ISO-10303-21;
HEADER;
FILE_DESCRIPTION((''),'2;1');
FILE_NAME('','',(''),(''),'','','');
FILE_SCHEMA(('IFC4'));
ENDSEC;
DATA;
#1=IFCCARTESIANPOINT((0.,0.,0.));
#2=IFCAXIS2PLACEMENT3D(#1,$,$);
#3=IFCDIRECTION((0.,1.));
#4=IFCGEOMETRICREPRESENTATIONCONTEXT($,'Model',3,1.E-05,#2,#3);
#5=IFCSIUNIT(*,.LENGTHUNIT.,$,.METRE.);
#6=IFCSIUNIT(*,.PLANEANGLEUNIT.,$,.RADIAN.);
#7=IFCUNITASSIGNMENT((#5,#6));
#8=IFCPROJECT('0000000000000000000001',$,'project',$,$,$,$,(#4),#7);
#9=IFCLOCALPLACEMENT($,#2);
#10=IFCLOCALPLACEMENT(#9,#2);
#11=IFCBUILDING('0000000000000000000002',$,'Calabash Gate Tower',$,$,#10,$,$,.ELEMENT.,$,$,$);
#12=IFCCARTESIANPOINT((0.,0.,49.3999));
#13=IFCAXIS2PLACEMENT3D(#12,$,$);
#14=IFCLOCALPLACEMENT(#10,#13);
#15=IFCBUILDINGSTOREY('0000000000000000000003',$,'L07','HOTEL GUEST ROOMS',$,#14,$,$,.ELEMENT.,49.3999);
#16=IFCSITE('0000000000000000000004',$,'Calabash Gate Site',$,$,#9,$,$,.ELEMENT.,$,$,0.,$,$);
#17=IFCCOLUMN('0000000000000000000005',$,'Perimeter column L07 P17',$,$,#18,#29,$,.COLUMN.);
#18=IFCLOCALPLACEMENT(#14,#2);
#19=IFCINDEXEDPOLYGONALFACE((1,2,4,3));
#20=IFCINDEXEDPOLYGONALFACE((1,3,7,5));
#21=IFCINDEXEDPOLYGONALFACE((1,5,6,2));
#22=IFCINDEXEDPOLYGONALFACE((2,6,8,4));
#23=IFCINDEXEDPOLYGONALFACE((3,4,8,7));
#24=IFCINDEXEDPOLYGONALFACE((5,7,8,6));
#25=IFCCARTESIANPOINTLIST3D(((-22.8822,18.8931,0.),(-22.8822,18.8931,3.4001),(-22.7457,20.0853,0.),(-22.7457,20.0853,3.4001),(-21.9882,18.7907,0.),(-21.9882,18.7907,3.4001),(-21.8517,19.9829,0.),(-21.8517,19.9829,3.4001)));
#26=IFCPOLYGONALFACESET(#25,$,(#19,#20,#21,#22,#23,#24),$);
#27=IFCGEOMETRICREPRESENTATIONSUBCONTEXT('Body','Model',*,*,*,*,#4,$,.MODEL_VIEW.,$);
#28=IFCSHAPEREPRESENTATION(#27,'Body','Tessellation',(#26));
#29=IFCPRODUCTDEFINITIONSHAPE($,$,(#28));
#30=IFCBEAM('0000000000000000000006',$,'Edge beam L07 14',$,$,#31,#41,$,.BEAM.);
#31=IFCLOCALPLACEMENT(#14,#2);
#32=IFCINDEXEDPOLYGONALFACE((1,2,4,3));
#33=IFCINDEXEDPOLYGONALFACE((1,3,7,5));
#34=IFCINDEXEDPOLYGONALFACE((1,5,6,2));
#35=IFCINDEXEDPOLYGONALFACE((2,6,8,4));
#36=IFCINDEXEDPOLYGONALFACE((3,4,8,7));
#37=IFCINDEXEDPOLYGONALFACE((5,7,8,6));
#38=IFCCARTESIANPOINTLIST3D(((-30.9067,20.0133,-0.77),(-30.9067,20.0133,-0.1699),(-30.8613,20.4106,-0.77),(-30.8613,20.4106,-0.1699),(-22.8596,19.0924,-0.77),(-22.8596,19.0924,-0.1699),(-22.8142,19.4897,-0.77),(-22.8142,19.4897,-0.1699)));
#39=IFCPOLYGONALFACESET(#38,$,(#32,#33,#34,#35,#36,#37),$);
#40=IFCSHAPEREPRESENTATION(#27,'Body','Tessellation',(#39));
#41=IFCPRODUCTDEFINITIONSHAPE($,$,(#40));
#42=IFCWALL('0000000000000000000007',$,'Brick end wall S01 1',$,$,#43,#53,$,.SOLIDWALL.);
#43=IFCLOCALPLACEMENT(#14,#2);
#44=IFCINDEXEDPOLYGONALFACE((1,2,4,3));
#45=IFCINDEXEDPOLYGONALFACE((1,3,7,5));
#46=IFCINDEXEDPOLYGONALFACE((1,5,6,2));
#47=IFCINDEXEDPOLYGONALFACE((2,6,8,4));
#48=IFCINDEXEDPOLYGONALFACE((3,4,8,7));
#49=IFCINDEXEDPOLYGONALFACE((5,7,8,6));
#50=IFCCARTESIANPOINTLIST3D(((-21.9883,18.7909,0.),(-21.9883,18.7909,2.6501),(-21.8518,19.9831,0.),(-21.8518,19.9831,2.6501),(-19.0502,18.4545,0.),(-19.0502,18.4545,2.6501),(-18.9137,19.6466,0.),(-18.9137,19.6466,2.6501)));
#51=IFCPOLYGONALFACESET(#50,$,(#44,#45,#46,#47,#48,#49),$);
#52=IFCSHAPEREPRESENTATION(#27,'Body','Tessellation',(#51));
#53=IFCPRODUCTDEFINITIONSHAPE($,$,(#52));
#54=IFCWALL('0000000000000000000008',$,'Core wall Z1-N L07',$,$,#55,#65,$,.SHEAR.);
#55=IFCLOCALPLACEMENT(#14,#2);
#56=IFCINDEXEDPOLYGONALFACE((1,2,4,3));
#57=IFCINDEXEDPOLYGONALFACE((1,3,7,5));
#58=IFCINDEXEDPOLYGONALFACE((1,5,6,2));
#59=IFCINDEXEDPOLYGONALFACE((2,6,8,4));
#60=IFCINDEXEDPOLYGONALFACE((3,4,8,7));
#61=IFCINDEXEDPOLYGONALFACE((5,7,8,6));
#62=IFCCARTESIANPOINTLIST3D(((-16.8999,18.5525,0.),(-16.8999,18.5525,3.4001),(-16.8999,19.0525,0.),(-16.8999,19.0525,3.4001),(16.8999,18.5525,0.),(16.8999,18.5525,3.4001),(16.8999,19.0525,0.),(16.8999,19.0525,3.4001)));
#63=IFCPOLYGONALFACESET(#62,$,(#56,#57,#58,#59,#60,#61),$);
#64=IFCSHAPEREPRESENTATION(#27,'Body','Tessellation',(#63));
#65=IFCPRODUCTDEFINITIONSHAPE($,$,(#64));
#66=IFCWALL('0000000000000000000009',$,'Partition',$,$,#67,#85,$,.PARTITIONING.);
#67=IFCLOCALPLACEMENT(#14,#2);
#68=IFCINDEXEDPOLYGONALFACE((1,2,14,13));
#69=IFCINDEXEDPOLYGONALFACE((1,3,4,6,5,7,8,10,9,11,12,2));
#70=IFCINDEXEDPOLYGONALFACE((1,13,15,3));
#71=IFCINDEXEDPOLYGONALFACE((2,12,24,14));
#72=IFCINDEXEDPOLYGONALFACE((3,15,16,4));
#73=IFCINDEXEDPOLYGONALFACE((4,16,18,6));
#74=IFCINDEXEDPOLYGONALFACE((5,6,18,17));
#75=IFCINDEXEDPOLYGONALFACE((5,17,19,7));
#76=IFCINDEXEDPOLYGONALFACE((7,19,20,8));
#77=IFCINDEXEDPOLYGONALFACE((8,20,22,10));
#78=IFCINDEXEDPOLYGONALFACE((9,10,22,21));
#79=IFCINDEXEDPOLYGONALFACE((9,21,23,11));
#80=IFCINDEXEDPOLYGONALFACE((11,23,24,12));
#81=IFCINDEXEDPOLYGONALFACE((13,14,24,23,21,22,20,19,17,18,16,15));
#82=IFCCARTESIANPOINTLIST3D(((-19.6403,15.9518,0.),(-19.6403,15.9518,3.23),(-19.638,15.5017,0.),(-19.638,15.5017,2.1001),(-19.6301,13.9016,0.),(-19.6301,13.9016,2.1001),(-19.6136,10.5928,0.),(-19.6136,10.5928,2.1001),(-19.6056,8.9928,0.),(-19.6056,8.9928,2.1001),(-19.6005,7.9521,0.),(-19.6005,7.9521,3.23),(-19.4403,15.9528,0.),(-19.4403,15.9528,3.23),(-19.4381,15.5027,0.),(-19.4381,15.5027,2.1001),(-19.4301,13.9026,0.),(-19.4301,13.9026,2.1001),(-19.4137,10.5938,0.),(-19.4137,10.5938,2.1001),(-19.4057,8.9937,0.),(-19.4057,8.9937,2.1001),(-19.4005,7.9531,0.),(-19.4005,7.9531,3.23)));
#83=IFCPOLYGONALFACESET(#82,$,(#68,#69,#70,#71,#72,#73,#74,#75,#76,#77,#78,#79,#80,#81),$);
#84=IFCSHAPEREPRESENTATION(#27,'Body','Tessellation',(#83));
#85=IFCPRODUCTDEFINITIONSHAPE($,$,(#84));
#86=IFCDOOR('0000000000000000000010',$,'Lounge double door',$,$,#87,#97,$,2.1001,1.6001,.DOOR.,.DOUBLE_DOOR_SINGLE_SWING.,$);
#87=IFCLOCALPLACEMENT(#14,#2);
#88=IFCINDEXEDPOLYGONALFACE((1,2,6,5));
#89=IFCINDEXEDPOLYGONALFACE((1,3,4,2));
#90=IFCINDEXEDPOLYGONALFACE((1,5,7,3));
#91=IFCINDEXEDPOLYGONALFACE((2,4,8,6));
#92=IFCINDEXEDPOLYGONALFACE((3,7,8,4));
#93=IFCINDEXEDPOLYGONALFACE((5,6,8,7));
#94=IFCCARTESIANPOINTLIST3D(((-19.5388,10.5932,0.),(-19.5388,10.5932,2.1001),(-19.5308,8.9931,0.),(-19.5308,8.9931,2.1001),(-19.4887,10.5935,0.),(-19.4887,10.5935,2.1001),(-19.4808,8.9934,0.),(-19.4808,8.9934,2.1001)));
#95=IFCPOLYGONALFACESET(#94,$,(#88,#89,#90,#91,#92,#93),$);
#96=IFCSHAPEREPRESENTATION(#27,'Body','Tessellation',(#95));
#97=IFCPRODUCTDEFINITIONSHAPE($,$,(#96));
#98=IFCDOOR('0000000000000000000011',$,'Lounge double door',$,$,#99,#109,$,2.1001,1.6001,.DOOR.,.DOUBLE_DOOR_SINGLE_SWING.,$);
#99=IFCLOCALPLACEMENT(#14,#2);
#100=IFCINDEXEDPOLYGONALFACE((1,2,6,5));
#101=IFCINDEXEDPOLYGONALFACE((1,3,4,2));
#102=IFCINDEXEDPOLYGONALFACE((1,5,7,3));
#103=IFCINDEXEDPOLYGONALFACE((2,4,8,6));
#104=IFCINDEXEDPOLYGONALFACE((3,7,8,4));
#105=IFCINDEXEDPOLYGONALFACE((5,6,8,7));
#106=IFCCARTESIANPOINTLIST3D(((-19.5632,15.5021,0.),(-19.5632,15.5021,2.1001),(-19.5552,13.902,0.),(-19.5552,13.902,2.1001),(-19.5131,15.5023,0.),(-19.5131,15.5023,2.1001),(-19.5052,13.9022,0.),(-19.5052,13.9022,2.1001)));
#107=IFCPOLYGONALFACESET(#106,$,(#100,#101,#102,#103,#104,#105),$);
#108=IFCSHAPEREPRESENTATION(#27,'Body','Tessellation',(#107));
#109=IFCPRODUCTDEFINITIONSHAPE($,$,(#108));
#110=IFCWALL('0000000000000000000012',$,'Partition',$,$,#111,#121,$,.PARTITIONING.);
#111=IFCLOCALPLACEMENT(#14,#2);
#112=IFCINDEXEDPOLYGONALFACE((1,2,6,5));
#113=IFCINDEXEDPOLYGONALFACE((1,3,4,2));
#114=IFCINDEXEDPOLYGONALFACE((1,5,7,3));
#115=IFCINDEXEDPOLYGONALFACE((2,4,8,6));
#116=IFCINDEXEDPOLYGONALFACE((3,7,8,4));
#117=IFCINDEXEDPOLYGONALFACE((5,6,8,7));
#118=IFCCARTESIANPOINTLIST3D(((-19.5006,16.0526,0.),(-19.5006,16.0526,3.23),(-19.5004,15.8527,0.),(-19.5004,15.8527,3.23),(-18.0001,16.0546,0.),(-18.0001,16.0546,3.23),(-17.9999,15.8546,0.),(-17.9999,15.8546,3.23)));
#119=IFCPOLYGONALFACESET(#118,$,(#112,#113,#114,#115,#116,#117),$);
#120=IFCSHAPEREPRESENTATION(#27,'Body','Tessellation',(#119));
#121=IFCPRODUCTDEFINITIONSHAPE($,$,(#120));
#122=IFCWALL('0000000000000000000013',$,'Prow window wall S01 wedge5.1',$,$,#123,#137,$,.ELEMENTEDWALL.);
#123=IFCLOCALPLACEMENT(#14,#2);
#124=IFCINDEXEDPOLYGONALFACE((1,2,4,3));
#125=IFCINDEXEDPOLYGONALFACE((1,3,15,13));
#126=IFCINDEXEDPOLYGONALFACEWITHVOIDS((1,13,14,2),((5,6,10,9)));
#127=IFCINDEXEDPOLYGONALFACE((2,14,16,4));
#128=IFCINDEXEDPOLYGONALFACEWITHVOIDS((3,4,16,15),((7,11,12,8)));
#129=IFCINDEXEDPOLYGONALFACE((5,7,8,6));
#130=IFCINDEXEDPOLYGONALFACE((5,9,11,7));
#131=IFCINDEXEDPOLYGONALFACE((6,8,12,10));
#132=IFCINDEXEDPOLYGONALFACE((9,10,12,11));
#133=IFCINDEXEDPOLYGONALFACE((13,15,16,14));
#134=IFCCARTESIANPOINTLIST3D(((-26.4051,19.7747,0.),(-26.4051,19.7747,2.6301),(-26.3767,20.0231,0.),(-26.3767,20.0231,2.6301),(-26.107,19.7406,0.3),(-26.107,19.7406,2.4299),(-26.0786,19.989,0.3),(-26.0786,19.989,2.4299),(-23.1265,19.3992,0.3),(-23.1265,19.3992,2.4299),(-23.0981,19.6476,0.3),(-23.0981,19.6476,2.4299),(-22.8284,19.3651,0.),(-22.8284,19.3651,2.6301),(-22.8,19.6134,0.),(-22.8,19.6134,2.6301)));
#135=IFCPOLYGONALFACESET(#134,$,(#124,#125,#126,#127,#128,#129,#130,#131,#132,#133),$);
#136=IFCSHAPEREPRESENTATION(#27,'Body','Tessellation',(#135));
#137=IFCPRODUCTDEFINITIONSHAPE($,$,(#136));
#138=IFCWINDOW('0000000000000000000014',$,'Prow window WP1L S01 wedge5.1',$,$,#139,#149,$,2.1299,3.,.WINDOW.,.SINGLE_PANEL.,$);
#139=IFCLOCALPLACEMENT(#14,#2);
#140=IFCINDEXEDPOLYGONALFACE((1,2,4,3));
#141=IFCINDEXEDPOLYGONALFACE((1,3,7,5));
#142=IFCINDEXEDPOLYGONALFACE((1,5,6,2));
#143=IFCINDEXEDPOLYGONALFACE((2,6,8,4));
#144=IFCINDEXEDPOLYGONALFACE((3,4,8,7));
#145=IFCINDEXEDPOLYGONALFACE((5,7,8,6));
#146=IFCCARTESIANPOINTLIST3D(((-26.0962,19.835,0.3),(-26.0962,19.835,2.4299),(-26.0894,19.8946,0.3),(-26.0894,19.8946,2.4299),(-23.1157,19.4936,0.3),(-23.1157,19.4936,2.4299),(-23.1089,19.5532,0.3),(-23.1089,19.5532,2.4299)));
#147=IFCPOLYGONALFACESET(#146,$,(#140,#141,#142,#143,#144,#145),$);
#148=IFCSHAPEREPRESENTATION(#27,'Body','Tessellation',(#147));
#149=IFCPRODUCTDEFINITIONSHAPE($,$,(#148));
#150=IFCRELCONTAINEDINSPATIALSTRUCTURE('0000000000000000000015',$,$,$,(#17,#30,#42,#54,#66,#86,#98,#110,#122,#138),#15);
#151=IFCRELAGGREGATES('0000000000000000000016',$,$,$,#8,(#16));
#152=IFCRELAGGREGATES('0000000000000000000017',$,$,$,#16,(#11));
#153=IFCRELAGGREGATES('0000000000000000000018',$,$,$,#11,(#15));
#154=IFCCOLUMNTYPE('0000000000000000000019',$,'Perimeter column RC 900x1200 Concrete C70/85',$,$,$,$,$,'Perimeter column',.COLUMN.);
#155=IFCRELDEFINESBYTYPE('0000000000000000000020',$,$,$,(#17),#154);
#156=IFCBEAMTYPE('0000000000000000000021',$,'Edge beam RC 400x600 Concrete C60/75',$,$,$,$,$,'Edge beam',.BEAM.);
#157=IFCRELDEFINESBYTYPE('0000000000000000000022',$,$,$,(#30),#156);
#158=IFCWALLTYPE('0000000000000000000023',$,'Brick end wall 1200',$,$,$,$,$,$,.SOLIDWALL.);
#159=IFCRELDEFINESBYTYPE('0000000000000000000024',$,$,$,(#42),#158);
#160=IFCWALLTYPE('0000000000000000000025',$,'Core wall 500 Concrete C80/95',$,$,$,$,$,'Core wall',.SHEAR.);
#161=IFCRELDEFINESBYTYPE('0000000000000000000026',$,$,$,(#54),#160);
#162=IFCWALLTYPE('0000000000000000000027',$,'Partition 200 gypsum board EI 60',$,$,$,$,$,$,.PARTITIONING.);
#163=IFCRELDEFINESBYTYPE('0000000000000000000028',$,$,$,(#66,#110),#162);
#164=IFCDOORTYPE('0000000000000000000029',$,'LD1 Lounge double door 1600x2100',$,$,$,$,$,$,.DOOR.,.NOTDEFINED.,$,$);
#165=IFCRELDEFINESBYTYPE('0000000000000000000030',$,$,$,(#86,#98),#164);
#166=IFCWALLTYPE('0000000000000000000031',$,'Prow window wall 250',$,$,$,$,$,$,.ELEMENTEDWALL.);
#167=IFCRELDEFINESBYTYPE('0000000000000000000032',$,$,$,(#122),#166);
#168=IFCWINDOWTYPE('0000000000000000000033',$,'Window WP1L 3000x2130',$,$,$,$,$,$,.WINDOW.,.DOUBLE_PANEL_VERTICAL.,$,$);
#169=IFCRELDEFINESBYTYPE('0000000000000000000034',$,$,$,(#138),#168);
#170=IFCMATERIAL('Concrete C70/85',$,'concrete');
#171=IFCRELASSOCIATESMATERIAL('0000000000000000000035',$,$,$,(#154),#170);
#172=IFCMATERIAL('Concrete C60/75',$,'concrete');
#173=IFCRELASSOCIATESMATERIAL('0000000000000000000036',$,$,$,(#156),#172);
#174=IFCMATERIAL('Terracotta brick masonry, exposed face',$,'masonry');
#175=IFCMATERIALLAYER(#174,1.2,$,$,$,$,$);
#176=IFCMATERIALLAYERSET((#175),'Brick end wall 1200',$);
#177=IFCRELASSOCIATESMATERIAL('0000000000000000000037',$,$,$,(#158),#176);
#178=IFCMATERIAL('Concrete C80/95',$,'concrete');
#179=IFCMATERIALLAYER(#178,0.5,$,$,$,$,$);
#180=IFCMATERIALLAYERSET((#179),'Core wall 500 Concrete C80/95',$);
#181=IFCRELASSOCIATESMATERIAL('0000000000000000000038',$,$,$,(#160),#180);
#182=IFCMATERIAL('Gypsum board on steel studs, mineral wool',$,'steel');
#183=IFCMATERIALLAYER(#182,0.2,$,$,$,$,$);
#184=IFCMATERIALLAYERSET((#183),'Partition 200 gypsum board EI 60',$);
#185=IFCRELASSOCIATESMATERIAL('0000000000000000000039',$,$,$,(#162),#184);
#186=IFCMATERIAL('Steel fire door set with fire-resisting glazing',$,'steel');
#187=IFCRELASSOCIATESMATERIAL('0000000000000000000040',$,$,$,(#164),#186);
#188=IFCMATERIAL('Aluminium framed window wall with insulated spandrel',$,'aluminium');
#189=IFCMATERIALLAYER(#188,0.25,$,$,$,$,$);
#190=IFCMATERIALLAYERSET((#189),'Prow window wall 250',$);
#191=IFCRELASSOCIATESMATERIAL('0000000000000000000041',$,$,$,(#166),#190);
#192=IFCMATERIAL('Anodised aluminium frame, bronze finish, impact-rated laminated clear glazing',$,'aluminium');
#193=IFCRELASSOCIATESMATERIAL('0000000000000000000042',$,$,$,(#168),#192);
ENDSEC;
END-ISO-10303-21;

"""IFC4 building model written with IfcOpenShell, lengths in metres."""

from ifc_helpers import new_model, si_unit, direction, frame, frame_2d, origin, origin_2d, place, context, subcontext, project, spatial, rectangle, extrude, material, layer, layer_set, material_profile, profile_set, type_object, element, fill, save


model = new_model("IFC4")

# Units and contexts
model_context = context("Model", 3, precision=1e-05, world=origin(), true_north=direction((0.0, 1.0)))
body_context = subcontext(model_context, "Body", "Model", "MODEL_VIEW")
ifc_project = project(units=[si_unit("LENGTHUNIT", "METRE"), si_unit("PLANEANGLEUNIT", "RADIAN")], contexts=[model_context])

# Site, building, storey
site_placement = place(None, origin())
site = spatial("IfcSite", under=ifc_project, at=site_placement, Name="Calabash Gate Site", CompositionType="ELEMENT", RefElevation=0.0)
building_placement = place(site_placement, origin())
building = spatial("IfcBuilding", under=site, at=building_placement, Name="Calabash Gate Tower", CompositionType="ELEMENT")
storey_placement = place(building_placement, frame((0.0, 0.0, 49.3999)))
storey = spatial("IfcBuildingStorey", under=building, at=storey_placement, Name="L07", Description="HOTEL GUEST ROOMS", CompositionType="ELEMENT", Elevation=49.3999)

# Column
ifc_material_1 = material(Name="Concrete C70/85", Category="concrete")
ifc_material_profile_1 = material_profile(ifc_material_1, rectangle(XDim=0.8999, YDim=1.2, at=origin_2d()))
ifc_profile_set_1 = profile_set([ifc_material_profile_1], Name="Concrete C70/85")
column_type = type_object("IfcColumnType", Name="Perimeter column RC 900x1200 Concrete C70/85", ElementType="Perimeter column", PredefinedType="COLUMN", material=ifc_profile_set_1)
column_placement = place(storey_placement, frame((-22.3669, 19.438, 0.0), z_axis=(0.0, 0.0, 1.0), x_axis=(-0.993506, 0.113777, 0.0)))
element("IfcColumn", 1, at=column_placement, inside=storey, type_object=column_type, Name="Perimeter column L07 P17", PredefinedType="COLUMN", context=body_context, shape_type="SweptSolid", body=[
    extrude(rectangle(XDim=0.8999, YDim=1.2, at=origin_2d()), origin(), (0.0, 0.0, 1.0), 3.4001),
])

# Beam
ifc_material_2 = material(Name="Concrete C60/75", Category="concrete")
ifc_material_profile_2 = material_profile(ifc_material_2, rectangle(XDim=0.3999, YDim=0.6001, at=origin_2d()))
ifc_profile_set_2 = profile_set([ifc_material_profile_2], Name="Concrete C60/75")
beam_type = type_object("IfcBeamType", Name="Edge beam RC 400x600 Concrete C60/75", ElementType="Edge beam", PredefinedType="BEAM", material=ifc_profile_set_2)
beam_placement = place(storey_placement, frame((-22.8369, 19.291, -0.47), z_axis=(-0.993516, 0.113696, 0.0), x_axis=(-0.113696, -0.993516, 0.0)))
element("IfcBeam", 2, at=beam_placement, inside=storey, type_object=beam_type, Name="Edge beam L07 14", PredefinedType="BEAM", context=body_context, shape_type="SweptSolid", body=[
    extrude(rectangle(XDim=0.3999, YDim=0.6001, at=origin_2d()), origin(), (0.0, 0.0, 1.0), 8.0996),
])

# Walls
ifc_material_3 = material(Name="Terracotta brick masonry, exposed face", Category="masonry")
ifc_layer_1 = layer(ifc_material_3, 1.2)
ifc_layer_set_1 = layer_set([ifc_layer_1], Name="Brick end wall 1200")
wall_type_1 = type_object("IfcWallType", Name="Brick end wall 1200", PredefinedType="SOLIDWALL", material=ifc_layer_set_1)
wall_1_placement = place(storey_placement, frame((-21.9199, 19.387, 0.0), z_axis=(0.0, 0.0, 1.0), x_axis=(0.993508, -0.113765, 0.0)))
element("IfcWall", 3, at=wall_1_placement, inside=storey, type_object=wall_type_1, Name="Brick end wall S01 1", PredefinedType="SOLIDWALL", context=body_context, shape_type="SweptSolid", body=[
    extrude(rectangle(XDim=2.9573, YDim=1.2, at=frame_2d((1.4785, 0.0))), origin(), (0.0, 0.0, 1.0), 2.6501),
])
ifc_material_4 = material(Name="Concrete C80/95", Category="concrete")
ifc_layer_2 = layer(ifc_material_4, 0.5)
ifc_layer_set_2 = layer_set([ifc_layer_2], Name="Core wall 500 Concrete C80/95")
wall_type_2 = type_object("IfcWallType", Name="Core wall 500 Concrete C80/95", ElementType="Core wall", PredefinedType="SHEAR", material=ifc_layer_set_2)
wall_2_placement = place(storey_placement, frame((-16.8999, 18.8025, 0.0), z_axis=(0.0, 0.0, 1.0), x_axis=(1.0, 0.0, 0.0)))
element("IfcWall", 4, at=wall_2_placement, inside=storey, type_object=wall_type_2, Name="Core wall Z1-N L07", PredefinedType="SHEAR", context=body_context, shape_type="SweptSolid", body=[
    extrude(rectangle(XDim=33.7998, YDim=0.5, at=frame_2d((16.8999, 0.0))), origin(), (0.0, 0.0, 1.0), 3.4001),
])

# Wall, openings, doors
ifc_material_5 = material(Name="Gypsum board on steel studs, mineral wool", Category="steel")
ifc_layer_3 = layer(ifc_material_5, 0.2)
ifc_layer_set_3 = layer_set([ifc_layer_3], Name="Partition 200 gypsum board EI 60")
wall_type_3 = type_object("IfcWallType", Name="Partition 200 gypsum board EI 60", PredefinedType="PARTITIONING", material=ifc_layer_set_3)
wall_3_placement = place(storey_placement, frame((-19.5403, 15.9524, 0.0), z_axis=(0.0, 0.0, 1.0), x_axis=(0.004974, -0.999988, 0.0)))
wall_3 = element("IfcWall", 5, at=wall_3_placement, inside=storey, type_object=wall_type_3, Name="Partition", PredefinedType="PARTITIONING", context=body_context, shape_type="SweptSolid", body=[
    extrude(rectangle(XDim=7.9998, YDim=0.2, at=frame_2d((4.0, 0.0))), origin(), (0.0, 0.0, 1.0), 3.23),
])
opening_1_placement = place(wall_3_placement, frame((5.3591, 0.0, 0.0)))
opening_1 = element("IfcOpeningElement", 6, at=opening_1_placement, cuts=wall_3, PredefinedType="OPENING", context=body_context, shape_type="SweptSolid", body=[
    extrude(rectangle(XDim=1.6001, YDim=2.1001, at=frame_2d((0.8, 1.05))), frame((0.0, 0.1099, 0.0), z_axis=(0.0, -1.0, 0.0), x_axis=(1.0, 0.0, 0.0)), (0.0, 0.0, 1.0), 0.22),
])
opening_2_placement = place(wall_3_placement, frame((0.4502, 0.0, 0.0)))
opening_2 = element("IfcOpeningElement", 7, at=opening_2_placement, cuts=wall_3, PredefinedType="OPENING", context=body_context, shape_type="SweptSolid", body=[
    extrude(rectangle(XDim=1.6001, YDim=2.1001, at=frame_2d((0.8, 1.05))), frame((0.0, 0.1099, 0.0), z_axis=(0.0, -1.0, 0.0), x_axis=(1.0, 0.0, 0.0)), (0.0, 0.0, 1.0), 0.22),
])
ifc_material_6 = material(Name="Steel fire door set with fire-resisting glazing", Category="steel")
door_type_1 = type_object("IfcDoorType", Name="LD1 Lounge double door 1600x2100", OperationType="NOTDEFINED", PredefinedType="DOOR", material=ifc_material_6)
door_1_placement = place(opening_1_placement, origin())
door_1 = element("IfcDoor", 8, at=door_1_placement, inside=storey, type_object=door_type_1, Name="Lounge double door", OperationType="DOUBLE_DOOR_SINGLE_SWING", OverallHeight=2.1001, OverallWidth=1.6001, PredefinedType="DOOR", context=body_context, shape_type="SweptSolid", body=[
    extrude(rectangle(XDim=1.6001, YDim=2.1001, at=frame_2d((0.8, 1.05))), frame((0.0, 0.0249, 0.0), z_axis=(0.0, -1.0, 0.0), x_axis=(1.0, 0.0, 0.0)), (0.0, 0.0, 1.0), 0.05),
])
fill(opening_1, door_1)
door_2_placement = place(opening_2_placement, origin())
door_2 = element("IfcDoor", 9, at=door_2_placement, inside=storey, type_object=door_type_1, Name="Lounge double door", OperationType="DOUBLE_DOOR_SINGLE_SWING", OverallHeight=2.1001, OverallWidth=1.6001, PredefinedType="DOOR", context=body_context, shape_type="SweptSolid", body=[
    extrude(rectangle(XDim=1.6001, YDim=2.1001, at=frame_2d((0.8, 1.05))), frame((0.0, 0.0249, 0.0), z_axis=(0.0, -1.0, 0.0), x_axis=(1.0, 0.0, 0.0)), (0.0, 0.0, 1.0), 0.05),
])
fill(opening_2, door_2)

# Wall
wall_4_placement = place(storey_placement, frame((-19.5005, 15.9526, 0.0), z_axis=(0.0, 0.0, 1.0), x_axis=(0.999999, 0.001302, 0.0)))
element("IfcWall", 10, at=wall_4_placement, inside=storey, type_object=wall_type_3, Name="Partition", PredefinedType="PARTITIONING", context=body_context, shape_type="SweptSolid", body=[
    extrude(rectangle(XDim=1.5005, YDim=0.2, at=frame_2d((0.7502, 0.0))), origin(), (0.0, 0.0, 1.0), 3.23),
])

# Wall, opening, window
ifc_material_7 = material(Name="Aluminium framed window wall with insulated spandrel", Category="aluminium")
ifc_layer_4 = layer(ifc_material_7, 0.25)
ifc_layer_set_4 = layer_set([ifc_layer_4], Name="Prow window wall 250")
wall_type_4 = type_object("IfcWallType", Name="Prow window wall 250", PredefinedType="ELEMENTEDWALL", material=ifc_layer_set_4)
wall_5_placement = place(storey_placement, frame((-22.8142, 19.4893, 0.0), z_axis=(0.0, 0.0, 1.0), x_axis=(-0.993504, 0.113795, 0.0)))
wall_5 = element("IfcWall", 11, at=wall_5_placement, inside=storey, type_object=wall_type_4, Name="Prow window wall S01 wedge5.1", PredefinedType="ELEMENTEDWALL", context=body_context, shape_type="SweptSolid", body=[
    extrude(rectangle(XDim=3.6001, YDim=0.25, at=frame_2d((1.8, 0.0))), origin(), (0.0, 0.0, 1.0), 2.6301),
])
opening_3_placement = place(wall_5_placement, frame((0.3, 0.0, 0.3)))
opening_3 = element("IfcOpeningElement", 12, at=opening_3_placement, cuts=wall_5, PredefinedType="OPENING", context=body_context, shape_type="SweptSolid", body=[
    extrude(rectangle(XDim=3.0, YDim=2.1299, at=frame_2d((1.5, 1.0649))), frame((0.0, 0.135, 0.0), z_axis=(0.0, -1.0, 0.0), x_axis=(1.0, 0.0, 0.0)), (0.0, 0.0, 1.0), 0.27),
])
ifc_material_8 = material(Name="Anodised aluminium frame, bronze finish, impact-rated laminated clear glazing", Category="aluminium")
window_type = type_object("IfcWindowType", Name="Window WP1L 3000x2130", PartitioningType="DOUBLE_PANEL_VERTICAL", PredefinedType="WINDOW", material=ifc_material_8)
window_placement = place(opening_3_placement, origin())
window = element("IfcWindow", 13, at=window_placement, inside=storey, type_object=window_type, Name="Prow window WP1L S01 wedge5.1", OverallHeight=2.1299, OverallWidth=3.0, PartitioningType="SINGLE_PANEL", PredefinedType="WINDOW", context=body_context, shape_type="SweptSolid", body=[
    extrude(rectangle(XDim=3.0, YDim=2.1299, at=frame_2d((1.5, 1.0649))), frame((0.0, 0.03, 0.0), z_axis=(0.0, -1.0, 0.0), x_axis=(1.0, 0.0, 0.0)), (0.0, 0.0, 1.0), 0.0601),
])
fill(opening_3, window)

save(model, "model.ifc")
